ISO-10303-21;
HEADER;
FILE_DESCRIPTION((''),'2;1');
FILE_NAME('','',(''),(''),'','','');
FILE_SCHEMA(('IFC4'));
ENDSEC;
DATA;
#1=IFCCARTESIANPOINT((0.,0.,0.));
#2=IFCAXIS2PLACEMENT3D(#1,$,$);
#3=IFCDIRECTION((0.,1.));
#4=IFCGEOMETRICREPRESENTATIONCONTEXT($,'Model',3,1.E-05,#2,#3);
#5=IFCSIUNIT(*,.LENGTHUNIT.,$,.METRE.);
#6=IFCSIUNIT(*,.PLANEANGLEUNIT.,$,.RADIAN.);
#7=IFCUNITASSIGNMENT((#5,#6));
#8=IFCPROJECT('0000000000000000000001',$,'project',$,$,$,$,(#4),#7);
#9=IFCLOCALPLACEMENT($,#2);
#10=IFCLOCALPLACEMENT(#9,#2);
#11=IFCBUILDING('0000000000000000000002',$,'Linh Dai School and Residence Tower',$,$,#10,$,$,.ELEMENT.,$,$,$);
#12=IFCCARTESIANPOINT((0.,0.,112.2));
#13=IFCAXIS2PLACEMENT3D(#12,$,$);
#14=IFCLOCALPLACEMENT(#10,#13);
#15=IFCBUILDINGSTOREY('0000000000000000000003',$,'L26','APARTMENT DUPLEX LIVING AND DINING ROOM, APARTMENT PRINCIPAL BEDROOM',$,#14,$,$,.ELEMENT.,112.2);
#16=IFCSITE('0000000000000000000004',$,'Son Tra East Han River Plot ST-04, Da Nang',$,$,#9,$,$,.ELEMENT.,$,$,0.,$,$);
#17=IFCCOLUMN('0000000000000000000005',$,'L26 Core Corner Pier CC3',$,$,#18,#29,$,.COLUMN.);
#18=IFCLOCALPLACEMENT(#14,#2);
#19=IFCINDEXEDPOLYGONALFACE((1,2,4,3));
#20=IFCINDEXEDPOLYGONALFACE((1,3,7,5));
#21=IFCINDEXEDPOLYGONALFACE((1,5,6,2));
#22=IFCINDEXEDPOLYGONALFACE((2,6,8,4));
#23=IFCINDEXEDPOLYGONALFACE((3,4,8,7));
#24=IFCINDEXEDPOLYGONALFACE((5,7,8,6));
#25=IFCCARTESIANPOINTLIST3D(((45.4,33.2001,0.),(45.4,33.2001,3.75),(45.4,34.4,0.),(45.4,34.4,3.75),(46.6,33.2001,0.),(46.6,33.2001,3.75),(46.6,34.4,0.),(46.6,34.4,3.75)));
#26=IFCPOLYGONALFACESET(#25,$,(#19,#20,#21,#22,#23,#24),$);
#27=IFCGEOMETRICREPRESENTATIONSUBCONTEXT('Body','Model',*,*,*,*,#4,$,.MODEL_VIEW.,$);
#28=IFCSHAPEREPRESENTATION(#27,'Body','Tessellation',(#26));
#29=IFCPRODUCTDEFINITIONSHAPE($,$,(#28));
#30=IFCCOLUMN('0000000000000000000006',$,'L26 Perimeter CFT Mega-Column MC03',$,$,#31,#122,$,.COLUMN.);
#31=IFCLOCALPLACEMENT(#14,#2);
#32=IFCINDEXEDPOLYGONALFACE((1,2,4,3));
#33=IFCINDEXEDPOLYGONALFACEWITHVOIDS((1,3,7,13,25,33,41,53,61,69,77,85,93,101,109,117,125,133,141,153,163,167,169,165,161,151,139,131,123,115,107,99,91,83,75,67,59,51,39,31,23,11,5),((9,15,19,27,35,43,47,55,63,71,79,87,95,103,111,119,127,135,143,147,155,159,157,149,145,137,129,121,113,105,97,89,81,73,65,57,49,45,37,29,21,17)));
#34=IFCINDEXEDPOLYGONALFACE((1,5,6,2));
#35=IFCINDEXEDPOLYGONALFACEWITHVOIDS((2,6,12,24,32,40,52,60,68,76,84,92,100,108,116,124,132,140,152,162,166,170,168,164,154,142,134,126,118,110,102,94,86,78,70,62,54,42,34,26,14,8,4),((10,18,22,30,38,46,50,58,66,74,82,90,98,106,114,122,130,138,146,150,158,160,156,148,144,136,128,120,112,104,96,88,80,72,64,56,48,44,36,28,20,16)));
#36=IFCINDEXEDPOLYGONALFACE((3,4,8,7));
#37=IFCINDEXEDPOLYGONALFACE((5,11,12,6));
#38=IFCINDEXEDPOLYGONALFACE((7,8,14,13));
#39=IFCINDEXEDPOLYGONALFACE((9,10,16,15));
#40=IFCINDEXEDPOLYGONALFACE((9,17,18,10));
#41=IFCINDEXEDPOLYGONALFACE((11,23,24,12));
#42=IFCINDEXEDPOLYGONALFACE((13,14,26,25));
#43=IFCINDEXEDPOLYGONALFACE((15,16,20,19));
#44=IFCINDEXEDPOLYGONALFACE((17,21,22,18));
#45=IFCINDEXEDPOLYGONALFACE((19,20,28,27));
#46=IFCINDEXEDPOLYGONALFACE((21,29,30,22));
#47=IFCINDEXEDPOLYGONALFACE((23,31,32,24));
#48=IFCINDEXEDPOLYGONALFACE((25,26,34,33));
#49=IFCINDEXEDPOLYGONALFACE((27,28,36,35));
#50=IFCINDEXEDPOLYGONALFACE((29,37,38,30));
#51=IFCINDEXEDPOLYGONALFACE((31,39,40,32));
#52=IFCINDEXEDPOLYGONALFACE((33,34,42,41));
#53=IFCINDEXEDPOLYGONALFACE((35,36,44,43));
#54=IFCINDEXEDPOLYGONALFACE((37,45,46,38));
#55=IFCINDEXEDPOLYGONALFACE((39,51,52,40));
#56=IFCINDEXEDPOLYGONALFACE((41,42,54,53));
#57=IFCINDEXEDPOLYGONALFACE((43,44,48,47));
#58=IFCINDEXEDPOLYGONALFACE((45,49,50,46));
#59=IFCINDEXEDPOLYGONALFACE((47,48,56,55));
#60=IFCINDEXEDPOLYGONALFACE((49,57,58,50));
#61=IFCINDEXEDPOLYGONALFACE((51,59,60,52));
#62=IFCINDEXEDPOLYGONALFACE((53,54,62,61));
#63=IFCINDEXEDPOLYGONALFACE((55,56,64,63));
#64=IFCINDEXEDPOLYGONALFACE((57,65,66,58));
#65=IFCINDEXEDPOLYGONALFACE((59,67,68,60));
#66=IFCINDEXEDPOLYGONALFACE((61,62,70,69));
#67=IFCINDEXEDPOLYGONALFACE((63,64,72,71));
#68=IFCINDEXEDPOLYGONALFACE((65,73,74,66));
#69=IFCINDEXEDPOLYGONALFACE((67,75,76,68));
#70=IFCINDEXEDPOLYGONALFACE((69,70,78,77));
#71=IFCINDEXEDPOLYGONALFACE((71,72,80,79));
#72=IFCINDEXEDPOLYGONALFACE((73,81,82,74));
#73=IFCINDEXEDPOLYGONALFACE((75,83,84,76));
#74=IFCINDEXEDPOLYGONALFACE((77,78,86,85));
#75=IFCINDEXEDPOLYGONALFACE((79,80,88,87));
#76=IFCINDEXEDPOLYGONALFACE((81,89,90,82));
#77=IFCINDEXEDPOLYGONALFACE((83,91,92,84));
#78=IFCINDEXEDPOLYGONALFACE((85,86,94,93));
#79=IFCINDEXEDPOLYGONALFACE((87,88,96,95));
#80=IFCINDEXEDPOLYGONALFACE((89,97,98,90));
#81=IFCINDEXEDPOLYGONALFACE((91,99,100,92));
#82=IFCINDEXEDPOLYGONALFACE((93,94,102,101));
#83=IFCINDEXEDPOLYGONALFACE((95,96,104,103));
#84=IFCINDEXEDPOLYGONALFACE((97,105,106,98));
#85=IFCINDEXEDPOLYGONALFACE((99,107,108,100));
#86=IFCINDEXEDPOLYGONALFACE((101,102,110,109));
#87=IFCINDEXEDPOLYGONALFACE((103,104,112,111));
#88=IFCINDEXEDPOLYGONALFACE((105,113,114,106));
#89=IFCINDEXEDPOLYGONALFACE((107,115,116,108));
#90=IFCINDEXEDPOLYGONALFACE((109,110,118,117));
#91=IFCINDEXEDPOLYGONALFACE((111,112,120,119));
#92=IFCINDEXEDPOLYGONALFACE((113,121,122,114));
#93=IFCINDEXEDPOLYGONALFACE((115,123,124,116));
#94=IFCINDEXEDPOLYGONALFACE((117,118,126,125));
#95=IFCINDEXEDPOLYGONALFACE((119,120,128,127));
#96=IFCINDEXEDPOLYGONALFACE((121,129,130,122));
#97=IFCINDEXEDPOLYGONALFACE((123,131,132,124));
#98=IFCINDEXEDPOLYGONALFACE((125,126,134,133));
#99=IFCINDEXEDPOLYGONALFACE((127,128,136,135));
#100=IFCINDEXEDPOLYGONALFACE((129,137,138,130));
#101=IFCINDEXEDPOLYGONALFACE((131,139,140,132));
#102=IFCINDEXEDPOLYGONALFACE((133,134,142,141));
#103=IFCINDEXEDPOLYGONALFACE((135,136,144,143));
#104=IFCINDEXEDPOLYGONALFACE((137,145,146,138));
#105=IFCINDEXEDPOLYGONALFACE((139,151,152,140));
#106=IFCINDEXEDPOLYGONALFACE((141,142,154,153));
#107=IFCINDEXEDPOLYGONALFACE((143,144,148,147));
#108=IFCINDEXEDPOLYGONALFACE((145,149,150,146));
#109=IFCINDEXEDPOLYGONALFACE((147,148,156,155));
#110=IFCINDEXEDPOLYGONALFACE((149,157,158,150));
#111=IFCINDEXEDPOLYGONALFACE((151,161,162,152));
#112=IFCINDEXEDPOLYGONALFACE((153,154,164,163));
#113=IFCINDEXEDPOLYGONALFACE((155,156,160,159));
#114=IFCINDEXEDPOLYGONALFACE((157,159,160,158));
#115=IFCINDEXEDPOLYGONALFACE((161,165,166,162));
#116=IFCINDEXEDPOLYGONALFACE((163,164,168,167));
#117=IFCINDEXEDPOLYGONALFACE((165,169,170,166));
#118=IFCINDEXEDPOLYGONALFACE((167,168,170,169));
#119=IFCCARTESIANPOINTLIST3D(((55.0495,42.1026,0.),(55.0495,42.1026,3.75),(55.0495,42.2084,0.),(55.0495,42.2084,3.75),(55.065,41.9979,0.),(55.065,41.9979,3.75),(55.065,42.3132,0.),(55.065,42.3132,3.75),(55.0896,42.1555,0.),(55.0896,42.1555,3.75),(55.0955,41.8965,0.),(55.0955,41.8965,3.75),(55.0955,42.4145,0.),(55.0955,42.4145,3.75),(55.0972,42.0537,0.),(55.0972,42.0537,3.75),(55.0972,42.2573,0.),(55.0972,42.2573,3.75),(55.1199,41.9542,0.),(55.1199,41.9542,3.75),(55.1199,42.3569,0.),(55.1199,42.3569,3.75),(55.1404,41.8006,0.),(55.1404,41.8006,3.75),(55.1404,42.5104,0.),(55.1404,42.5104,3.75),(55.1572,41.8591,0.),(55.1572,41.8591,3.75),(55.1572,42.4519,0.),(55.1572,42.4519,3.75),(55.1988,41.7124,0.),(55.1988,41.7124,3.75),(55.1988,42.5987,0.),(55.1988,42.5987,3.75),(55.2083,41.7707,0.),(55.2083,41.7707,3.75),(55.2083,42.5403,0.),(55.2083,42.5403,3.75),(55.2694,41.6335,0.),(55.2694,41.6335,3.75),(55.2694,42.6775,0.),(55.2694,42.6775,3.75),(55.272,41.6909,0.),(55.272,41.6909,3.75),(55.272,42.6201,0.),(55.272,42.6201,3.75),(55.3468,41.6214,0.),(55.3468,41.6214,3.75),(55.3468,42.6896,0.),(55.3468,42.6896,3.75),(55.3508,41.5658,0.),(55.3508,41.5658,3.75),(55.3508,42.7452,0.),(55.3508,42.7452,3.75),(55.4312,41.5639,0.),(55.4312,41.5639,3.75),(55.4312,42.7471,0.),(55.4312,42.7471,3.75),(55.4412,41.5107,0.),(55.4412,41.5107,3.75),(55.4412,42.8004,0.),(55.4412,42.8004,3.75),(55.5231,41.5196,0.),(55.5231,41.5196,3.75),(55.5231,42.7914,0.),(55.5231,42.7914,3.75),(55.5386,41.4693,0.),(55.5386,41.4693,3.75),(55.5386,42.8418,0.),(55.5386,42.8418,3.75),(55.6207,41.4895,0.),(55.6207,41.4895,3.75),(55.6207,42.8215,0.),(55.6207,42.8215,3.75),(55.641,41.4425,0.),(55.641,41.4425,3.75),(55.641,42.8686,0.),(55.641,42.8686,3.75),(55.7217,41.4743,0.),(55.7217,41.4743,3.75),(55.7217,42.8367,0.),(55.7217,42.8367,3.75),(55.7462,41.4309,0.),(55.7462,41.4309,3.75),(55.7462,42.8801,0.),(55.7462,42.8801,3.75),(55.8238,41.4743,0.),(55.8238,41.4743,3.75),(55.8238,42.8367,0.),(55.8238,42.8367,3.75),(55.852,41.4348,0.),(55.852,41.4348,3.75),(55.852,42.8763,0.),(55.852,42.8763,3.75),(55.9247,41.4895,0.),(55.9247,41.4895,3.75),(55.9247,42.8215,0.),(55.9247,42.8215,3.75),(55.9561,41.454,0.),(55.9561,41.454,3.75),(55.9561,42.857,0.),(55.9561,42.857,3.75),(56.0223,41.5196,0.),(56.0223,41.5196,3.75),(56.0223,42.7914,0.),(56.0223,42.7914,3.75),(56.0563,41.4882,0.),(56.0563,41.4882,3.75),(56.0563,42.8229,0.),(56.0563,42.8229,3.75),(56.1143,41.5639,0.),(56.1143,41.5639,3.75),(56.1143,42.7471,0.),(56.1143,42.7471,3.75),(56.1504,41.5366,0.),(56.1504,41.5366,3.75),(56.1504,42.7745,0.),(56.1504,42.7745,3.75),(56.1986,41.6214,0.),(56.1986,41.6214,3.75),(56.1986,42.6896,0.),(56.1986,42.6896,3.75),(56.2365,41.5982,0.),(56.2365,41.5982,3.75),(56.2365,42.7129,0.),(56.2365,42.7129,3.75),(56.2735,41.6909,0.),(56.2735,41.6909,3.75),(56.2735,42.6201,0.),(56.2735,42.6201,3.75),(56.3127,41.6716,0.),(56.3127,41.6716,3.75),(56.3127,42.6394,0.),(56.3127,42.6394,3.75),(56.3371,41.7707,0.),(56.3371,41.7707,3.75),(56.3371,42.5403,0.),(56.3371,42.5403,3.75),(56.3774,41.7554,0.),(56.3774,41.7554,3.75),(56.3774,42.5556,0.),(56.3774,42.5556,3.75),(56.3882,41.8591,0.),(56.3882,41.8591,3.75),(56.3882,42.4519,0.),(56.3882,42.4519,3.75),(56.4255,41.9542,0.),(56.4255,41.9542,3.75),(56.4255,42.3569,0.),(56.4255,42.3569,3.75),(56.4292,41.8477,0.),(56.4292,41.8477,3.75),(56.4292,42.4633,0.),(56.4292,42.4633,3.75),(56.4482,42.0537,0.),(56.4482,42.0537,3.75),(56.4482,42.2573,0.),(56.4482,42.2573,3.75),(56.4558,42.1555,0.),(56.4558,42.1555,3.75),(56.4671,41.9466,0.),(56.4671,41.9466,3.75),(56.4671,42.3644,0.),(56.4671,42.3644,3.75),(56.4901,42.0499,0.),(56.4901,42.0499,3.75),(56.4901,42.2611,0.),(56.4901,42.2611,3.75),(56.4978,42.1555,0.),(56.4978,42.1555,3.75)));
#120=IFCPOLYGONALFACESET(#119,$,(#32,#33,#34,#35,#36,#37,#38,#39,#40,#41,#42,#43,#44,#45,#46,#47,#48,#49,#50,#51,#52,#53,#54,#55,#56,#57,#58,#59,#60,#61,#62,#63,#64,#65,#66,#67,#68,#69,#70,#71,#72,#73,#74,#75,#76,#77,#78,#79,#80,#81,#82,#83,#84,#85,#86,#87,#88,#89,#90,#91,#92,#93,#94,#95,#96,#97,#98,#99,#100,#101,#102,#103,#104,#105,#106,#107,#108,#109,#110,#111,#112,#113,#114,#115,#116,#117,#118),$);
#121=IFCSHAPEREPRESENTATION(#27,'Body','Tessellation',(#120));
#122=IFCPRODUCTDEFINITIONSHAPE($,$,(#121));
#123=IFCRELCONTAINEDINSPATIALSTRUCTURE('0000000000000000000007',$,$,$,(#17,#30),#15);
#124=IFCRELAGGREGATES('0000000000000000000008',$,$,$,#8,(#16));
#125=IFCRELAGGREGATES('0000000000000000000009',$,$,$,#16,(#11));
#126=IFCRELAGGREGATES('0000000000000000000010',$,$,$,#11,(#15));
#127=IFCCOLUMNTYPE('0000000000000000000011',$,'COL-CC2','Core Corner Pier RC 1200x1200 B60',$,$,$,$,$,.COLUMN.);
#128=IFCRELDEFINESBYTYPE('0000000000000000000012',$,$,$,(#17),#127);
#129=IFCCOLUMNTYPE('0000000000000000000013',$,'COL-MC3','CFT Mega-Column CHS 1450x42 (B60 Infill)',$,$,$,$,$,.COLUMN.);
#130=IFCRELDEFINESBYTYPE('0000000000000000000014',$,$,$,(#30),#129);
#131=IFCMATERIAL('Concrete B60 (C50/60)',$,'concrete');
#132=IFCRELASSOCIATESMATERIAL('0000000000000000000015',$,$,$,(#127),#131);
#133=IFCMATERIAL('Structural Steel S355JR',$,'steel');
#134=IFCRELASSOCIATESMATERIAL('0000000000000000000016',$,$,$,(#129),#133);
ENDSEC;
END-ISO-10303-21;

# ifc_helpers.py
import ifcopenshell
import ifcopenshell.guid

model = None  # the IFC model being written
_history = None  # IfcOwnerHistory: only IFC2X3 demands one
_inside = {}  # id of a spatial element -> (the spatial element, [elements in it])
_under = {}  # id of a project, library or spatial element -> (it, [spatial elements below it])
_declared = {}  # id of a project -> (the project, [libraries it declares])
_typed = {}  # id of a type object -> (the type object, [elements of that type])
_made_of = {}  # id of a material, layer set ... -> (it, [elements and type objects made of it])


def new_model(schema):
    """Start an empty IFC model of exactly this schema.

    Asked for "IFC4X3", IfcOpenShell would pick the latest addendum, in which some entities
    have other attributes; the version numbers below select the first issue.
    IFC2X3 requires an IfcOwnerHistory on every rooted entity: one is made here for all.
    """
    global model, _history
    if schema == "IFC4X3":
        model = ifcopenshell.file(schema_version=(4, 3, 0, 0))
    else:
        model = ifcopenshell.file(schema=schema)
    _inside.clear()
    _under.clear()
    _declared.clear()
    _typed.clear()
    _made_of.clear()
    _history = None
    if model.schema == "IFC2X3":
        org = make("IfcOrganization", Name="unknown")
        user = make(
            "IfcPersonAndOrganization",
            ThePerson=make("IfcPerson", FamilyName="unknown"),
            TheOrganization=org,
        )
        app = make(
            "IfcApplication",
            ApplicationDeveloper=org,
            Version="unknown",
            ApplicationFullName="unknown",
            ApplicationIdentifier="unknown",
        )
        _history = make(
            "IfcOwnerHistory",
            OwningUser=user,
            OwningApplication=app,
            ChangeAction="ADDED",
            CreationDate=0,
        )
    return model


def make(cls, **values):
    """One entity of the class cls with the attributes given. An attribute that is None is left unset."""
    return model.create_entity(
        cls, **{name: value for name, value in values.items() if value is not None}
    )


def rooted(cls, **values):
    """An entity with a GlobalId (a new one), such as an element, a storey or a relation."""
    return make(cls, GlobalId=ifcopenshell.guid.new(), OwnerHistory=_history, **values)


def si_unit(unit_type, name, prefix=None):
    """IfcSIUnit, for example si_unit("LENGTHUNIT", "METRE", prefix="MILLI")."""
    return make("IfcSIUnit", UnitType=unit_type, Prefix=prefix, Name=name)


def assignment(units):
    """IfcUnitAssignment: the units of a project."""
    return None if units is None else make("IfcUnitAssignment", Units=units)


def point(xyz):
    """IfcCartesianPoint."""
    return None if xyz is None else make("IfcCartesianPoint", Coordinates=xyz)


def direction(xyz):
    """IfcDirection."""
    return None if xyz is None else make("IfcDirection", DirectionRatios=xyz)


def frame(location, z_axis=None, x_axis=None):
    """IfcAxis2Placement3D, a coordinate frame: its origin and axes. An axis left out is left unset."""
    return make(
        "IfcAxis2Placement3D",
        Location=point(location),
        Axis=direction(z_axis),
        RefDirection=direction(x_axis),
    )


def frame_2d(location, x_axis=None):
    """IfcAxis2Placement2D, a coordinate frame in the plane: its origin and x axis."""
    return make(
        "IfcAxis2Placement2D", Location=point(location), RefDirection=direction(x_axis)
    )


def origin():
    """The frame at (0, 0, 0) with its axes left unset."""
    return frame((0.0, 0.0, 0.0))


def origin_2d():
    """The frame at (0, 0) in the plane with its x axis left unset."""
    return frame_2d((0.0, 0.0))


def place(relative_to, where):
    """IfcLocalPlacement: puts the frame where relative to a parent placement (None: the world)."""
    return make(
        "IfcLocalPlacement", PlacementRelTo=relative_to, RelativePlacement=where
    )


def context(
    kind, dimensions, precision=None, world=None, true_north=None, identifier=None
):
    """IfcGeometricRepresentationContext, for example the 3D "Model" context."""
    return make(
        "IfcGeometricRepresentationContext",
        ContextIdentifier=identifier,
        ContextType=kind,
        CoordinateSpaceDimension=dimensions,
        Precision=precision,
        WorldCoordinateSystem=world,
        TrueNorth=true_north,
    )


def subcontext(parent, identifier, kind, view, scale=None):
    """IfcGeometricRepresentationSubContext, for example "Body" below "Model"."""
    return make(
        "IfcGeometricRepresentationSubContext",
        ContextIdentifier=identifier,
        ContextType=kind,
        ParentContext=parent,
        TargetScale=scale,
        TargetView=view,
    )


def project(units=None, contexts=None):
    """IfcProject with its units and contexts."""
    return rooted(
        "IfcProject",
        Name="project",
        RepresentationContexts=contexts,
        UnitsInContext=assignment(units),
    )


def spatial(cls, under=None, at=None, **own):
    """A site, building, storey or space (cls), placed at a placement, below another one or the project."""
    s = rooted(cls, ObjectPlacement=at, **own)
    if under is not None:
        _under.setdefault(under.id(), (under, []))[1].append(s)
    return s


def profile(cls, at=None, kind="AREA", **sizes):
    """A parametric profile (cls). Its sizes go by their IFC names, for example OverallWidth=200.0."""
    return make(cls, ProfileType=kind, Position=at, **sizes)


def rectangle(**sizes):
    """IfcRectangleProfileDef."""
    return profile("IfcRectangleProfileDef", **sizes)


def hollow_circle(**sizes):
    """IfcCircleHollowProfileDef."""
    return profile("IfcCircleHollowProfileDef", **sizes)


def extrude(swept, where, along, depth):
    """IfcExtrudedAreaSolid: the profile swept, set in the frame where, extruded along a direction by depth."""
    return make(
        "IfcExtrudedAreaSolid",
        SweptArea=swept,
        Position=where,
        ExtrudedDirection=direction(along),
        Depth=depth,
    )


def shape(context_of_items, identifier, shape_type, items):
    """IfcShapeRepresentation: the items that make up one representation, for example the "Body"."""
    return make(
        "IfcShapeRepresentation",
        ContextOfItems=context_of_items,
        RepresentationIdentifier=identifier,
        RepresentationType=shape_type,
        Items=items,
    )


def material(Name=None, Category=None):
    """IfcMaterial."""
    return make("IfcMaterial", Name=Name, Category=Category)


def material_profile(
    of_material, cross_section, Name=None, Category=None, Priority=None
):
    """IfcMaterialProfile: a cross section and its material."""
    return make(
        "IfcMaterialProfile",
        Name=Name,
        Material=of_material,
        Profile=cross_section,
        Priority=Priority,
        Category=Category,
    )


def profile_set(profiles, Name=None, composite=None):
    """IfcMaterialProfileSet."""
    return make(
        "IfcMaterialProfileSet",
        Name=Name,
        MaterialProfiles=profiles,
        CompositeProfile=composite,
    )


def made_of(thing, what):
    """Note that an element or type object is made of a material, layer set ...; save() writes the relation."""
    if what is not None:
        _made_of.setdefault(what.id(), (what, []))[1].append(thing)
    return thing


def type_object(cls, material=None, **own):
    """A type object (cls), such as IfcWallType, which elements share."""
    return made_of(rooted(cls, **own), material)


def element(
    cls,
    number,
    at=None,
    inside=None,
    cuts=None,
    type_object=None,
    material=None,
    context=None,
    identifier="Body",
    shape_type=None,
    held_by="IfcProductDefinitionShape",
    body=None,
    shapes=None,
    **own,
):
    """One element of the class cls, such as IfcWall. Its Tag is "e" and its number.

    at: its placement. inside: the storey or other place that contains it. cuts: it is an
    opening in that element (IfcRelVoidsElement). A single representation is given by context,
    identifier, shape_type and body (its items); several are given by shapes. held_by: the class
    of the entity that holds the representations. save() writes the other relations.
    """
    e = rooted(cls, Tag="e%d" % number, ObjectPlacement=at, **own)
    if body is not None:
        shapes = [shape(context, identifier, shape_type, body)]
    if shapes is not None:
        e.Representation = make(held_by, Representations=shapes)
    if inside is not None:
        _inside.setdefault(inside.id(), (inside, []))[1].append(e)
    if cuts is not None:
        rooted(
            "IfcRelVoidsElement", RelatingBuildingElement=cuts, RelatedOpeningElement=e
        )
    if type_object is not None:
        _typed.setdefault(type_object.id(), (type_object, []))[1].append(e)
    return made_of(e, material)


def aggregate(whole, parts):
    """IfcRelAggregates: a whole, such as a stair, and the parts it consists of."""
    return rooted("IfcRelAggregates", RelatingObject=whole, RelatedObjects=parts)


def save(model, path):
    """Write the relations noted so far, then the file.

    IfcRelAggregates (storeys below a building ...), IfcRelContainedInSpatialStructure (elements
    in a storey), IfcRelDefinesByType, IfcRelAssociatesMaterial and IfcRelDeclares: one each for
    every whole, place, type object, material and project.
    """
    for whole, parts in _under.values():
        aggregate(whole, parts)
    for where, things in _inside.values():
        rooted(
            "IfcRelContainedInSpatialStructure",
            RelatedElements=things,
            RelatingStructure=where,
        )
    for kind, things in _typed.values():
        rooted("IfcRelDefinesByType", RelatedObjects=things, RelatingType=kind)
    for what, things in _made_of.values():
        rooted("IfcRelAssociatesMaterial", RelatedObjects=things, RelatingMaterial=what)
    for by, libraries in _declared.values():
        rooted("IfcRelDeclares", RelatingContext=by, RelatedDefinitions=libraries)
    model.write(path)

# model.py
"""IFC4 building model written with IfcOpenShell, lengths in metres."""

from ifc_helpers import new_model, si_unit, direction, frame, origin, origin_2d, place, context, subcontext, project, spatial, rectangle, hollow_circle, extrude, material, material_profile, profile_set, type_object, element, save


model = new_model("IFC4")

# Units and contexts
model_context = context("Model", 3, precision=1e-05, world=origin(), true_north=direction((0.0, 1.0)))
body_context = subcontext(model_context, "Body", "Model", "MODEL_VIEW")
ifc_project = project(units=[si_unit("LENGTHUNIT", "METRE"), si_unit("PLANEANGLEUNIT", "RADIAN")], contexts=[model_context])

# Site, building, storey
site_placement = place(None, origin())
site = spatial("IfcSite", under=ifc_project, at=site_placement, Name="Son Tra East Han River Plot ST-04, Da Nang", CompositionType="ELEMENT", RefElevation=0.0)
building_placement = place(site_placement, origin())
building = spatial("IfcBuilding", under=site, at=building_placement, Name="Linh Dai School and Residence Tower", CompositionType="ELEMENT")
storey_placement = place(building_placement, frame((0.0, 0.0, 112.2)))
storey = spatial("IfcBuildingStorey", under=building, at=storey_placement, Name="L26", Description="APARTMENT DUPLEX LIVING AND DINING ROOM, APARTMENT PRINCIPAL BEDROOM", CompositionType="ELEMENT", Elevation=112.2)

# Columns
ifc_material_1 = material(Name="Concrete B60 (C50/60)", Category="concrete")
ifc_material_profile_1 = material_profile(ifc_material_1, rectangle(XDim=1.2, YDim=1.2, at=origin_2d()), Name="RC 1200x1200")
ifc_profile_set_1 = profile_set([ifc_material_profile_1], Name="Concrete B60 (C50/60)")
column_type_1 = type_object("IfcColumnType", Name="COL-CC2", Description="Core Corner Pier RC 1200x1200 B60", PredefinedType="COLUMN", material=ifc_profile_set_1)
column_placement = place(storey_placement, frame((46.0, 33.8, 0.0), z_axis=(0.0, 0.0, 1.0), x_axis=(1.0, 0.0, 0.0)))
element("IfcColumn", 1, at=column_placement, inside=storey, type_object=column_type_1, Name="L26 Core Corner Pier CC3", PredefinedType="COLUMN", context=body_context, shape_type="SweptSolid", body=[
    extrude(rectangle(XDim=1.2, YDim=1.2, at=origin_2d()), origin(), (0.0, 0.0, 1.0), 3.75),
])
ifc_material_2 = material(Name="Structural Steel S355JR", Category="steel")
ifc_material_profile_2 = material_profile(ifc_material_2, hollow_circle(Radius=0.7251, WallThickness=0.042, at=origin_2d()), Name="CHS 1450x42")
ifc_profile_set_2 = profile_set([ifc_material_profile_2], Name="Structural Steel S355JR")
column_type_2 = type_object("IfcColumnType", Name="COL-MC3", Description="CFT Mega-Column CHS 1450x42 (B60 Infill)", PredefinedType="COLUMN", material=ifc_profile_set_2)
for number, where, z_axis, x_axis, name in (
    (2, (55.7727, 42.1555, 0.0), (0.0, 0.0, 1.0), (1.0, 0.0, 0.0), "L26 Perimeter CFT Mega-Column MC03"),
):
    element("IfcColumn", number, at=place(storey_placement, frame(where, z_axis=z_axis, x_axis=x_axis)), inside=storey, type_object=column_type_2, Name=name, PredefinedType="COLUMN", context=body_context, shape_type="SweptSolid", body=[
        extrude(hollow_circle(Radius=0.7251, WallThickness=0.042, at=origin_2d()), origin(), (0.0, 0.0, 1.0), 3.75),
    ])

save(model, "model.ifc")
